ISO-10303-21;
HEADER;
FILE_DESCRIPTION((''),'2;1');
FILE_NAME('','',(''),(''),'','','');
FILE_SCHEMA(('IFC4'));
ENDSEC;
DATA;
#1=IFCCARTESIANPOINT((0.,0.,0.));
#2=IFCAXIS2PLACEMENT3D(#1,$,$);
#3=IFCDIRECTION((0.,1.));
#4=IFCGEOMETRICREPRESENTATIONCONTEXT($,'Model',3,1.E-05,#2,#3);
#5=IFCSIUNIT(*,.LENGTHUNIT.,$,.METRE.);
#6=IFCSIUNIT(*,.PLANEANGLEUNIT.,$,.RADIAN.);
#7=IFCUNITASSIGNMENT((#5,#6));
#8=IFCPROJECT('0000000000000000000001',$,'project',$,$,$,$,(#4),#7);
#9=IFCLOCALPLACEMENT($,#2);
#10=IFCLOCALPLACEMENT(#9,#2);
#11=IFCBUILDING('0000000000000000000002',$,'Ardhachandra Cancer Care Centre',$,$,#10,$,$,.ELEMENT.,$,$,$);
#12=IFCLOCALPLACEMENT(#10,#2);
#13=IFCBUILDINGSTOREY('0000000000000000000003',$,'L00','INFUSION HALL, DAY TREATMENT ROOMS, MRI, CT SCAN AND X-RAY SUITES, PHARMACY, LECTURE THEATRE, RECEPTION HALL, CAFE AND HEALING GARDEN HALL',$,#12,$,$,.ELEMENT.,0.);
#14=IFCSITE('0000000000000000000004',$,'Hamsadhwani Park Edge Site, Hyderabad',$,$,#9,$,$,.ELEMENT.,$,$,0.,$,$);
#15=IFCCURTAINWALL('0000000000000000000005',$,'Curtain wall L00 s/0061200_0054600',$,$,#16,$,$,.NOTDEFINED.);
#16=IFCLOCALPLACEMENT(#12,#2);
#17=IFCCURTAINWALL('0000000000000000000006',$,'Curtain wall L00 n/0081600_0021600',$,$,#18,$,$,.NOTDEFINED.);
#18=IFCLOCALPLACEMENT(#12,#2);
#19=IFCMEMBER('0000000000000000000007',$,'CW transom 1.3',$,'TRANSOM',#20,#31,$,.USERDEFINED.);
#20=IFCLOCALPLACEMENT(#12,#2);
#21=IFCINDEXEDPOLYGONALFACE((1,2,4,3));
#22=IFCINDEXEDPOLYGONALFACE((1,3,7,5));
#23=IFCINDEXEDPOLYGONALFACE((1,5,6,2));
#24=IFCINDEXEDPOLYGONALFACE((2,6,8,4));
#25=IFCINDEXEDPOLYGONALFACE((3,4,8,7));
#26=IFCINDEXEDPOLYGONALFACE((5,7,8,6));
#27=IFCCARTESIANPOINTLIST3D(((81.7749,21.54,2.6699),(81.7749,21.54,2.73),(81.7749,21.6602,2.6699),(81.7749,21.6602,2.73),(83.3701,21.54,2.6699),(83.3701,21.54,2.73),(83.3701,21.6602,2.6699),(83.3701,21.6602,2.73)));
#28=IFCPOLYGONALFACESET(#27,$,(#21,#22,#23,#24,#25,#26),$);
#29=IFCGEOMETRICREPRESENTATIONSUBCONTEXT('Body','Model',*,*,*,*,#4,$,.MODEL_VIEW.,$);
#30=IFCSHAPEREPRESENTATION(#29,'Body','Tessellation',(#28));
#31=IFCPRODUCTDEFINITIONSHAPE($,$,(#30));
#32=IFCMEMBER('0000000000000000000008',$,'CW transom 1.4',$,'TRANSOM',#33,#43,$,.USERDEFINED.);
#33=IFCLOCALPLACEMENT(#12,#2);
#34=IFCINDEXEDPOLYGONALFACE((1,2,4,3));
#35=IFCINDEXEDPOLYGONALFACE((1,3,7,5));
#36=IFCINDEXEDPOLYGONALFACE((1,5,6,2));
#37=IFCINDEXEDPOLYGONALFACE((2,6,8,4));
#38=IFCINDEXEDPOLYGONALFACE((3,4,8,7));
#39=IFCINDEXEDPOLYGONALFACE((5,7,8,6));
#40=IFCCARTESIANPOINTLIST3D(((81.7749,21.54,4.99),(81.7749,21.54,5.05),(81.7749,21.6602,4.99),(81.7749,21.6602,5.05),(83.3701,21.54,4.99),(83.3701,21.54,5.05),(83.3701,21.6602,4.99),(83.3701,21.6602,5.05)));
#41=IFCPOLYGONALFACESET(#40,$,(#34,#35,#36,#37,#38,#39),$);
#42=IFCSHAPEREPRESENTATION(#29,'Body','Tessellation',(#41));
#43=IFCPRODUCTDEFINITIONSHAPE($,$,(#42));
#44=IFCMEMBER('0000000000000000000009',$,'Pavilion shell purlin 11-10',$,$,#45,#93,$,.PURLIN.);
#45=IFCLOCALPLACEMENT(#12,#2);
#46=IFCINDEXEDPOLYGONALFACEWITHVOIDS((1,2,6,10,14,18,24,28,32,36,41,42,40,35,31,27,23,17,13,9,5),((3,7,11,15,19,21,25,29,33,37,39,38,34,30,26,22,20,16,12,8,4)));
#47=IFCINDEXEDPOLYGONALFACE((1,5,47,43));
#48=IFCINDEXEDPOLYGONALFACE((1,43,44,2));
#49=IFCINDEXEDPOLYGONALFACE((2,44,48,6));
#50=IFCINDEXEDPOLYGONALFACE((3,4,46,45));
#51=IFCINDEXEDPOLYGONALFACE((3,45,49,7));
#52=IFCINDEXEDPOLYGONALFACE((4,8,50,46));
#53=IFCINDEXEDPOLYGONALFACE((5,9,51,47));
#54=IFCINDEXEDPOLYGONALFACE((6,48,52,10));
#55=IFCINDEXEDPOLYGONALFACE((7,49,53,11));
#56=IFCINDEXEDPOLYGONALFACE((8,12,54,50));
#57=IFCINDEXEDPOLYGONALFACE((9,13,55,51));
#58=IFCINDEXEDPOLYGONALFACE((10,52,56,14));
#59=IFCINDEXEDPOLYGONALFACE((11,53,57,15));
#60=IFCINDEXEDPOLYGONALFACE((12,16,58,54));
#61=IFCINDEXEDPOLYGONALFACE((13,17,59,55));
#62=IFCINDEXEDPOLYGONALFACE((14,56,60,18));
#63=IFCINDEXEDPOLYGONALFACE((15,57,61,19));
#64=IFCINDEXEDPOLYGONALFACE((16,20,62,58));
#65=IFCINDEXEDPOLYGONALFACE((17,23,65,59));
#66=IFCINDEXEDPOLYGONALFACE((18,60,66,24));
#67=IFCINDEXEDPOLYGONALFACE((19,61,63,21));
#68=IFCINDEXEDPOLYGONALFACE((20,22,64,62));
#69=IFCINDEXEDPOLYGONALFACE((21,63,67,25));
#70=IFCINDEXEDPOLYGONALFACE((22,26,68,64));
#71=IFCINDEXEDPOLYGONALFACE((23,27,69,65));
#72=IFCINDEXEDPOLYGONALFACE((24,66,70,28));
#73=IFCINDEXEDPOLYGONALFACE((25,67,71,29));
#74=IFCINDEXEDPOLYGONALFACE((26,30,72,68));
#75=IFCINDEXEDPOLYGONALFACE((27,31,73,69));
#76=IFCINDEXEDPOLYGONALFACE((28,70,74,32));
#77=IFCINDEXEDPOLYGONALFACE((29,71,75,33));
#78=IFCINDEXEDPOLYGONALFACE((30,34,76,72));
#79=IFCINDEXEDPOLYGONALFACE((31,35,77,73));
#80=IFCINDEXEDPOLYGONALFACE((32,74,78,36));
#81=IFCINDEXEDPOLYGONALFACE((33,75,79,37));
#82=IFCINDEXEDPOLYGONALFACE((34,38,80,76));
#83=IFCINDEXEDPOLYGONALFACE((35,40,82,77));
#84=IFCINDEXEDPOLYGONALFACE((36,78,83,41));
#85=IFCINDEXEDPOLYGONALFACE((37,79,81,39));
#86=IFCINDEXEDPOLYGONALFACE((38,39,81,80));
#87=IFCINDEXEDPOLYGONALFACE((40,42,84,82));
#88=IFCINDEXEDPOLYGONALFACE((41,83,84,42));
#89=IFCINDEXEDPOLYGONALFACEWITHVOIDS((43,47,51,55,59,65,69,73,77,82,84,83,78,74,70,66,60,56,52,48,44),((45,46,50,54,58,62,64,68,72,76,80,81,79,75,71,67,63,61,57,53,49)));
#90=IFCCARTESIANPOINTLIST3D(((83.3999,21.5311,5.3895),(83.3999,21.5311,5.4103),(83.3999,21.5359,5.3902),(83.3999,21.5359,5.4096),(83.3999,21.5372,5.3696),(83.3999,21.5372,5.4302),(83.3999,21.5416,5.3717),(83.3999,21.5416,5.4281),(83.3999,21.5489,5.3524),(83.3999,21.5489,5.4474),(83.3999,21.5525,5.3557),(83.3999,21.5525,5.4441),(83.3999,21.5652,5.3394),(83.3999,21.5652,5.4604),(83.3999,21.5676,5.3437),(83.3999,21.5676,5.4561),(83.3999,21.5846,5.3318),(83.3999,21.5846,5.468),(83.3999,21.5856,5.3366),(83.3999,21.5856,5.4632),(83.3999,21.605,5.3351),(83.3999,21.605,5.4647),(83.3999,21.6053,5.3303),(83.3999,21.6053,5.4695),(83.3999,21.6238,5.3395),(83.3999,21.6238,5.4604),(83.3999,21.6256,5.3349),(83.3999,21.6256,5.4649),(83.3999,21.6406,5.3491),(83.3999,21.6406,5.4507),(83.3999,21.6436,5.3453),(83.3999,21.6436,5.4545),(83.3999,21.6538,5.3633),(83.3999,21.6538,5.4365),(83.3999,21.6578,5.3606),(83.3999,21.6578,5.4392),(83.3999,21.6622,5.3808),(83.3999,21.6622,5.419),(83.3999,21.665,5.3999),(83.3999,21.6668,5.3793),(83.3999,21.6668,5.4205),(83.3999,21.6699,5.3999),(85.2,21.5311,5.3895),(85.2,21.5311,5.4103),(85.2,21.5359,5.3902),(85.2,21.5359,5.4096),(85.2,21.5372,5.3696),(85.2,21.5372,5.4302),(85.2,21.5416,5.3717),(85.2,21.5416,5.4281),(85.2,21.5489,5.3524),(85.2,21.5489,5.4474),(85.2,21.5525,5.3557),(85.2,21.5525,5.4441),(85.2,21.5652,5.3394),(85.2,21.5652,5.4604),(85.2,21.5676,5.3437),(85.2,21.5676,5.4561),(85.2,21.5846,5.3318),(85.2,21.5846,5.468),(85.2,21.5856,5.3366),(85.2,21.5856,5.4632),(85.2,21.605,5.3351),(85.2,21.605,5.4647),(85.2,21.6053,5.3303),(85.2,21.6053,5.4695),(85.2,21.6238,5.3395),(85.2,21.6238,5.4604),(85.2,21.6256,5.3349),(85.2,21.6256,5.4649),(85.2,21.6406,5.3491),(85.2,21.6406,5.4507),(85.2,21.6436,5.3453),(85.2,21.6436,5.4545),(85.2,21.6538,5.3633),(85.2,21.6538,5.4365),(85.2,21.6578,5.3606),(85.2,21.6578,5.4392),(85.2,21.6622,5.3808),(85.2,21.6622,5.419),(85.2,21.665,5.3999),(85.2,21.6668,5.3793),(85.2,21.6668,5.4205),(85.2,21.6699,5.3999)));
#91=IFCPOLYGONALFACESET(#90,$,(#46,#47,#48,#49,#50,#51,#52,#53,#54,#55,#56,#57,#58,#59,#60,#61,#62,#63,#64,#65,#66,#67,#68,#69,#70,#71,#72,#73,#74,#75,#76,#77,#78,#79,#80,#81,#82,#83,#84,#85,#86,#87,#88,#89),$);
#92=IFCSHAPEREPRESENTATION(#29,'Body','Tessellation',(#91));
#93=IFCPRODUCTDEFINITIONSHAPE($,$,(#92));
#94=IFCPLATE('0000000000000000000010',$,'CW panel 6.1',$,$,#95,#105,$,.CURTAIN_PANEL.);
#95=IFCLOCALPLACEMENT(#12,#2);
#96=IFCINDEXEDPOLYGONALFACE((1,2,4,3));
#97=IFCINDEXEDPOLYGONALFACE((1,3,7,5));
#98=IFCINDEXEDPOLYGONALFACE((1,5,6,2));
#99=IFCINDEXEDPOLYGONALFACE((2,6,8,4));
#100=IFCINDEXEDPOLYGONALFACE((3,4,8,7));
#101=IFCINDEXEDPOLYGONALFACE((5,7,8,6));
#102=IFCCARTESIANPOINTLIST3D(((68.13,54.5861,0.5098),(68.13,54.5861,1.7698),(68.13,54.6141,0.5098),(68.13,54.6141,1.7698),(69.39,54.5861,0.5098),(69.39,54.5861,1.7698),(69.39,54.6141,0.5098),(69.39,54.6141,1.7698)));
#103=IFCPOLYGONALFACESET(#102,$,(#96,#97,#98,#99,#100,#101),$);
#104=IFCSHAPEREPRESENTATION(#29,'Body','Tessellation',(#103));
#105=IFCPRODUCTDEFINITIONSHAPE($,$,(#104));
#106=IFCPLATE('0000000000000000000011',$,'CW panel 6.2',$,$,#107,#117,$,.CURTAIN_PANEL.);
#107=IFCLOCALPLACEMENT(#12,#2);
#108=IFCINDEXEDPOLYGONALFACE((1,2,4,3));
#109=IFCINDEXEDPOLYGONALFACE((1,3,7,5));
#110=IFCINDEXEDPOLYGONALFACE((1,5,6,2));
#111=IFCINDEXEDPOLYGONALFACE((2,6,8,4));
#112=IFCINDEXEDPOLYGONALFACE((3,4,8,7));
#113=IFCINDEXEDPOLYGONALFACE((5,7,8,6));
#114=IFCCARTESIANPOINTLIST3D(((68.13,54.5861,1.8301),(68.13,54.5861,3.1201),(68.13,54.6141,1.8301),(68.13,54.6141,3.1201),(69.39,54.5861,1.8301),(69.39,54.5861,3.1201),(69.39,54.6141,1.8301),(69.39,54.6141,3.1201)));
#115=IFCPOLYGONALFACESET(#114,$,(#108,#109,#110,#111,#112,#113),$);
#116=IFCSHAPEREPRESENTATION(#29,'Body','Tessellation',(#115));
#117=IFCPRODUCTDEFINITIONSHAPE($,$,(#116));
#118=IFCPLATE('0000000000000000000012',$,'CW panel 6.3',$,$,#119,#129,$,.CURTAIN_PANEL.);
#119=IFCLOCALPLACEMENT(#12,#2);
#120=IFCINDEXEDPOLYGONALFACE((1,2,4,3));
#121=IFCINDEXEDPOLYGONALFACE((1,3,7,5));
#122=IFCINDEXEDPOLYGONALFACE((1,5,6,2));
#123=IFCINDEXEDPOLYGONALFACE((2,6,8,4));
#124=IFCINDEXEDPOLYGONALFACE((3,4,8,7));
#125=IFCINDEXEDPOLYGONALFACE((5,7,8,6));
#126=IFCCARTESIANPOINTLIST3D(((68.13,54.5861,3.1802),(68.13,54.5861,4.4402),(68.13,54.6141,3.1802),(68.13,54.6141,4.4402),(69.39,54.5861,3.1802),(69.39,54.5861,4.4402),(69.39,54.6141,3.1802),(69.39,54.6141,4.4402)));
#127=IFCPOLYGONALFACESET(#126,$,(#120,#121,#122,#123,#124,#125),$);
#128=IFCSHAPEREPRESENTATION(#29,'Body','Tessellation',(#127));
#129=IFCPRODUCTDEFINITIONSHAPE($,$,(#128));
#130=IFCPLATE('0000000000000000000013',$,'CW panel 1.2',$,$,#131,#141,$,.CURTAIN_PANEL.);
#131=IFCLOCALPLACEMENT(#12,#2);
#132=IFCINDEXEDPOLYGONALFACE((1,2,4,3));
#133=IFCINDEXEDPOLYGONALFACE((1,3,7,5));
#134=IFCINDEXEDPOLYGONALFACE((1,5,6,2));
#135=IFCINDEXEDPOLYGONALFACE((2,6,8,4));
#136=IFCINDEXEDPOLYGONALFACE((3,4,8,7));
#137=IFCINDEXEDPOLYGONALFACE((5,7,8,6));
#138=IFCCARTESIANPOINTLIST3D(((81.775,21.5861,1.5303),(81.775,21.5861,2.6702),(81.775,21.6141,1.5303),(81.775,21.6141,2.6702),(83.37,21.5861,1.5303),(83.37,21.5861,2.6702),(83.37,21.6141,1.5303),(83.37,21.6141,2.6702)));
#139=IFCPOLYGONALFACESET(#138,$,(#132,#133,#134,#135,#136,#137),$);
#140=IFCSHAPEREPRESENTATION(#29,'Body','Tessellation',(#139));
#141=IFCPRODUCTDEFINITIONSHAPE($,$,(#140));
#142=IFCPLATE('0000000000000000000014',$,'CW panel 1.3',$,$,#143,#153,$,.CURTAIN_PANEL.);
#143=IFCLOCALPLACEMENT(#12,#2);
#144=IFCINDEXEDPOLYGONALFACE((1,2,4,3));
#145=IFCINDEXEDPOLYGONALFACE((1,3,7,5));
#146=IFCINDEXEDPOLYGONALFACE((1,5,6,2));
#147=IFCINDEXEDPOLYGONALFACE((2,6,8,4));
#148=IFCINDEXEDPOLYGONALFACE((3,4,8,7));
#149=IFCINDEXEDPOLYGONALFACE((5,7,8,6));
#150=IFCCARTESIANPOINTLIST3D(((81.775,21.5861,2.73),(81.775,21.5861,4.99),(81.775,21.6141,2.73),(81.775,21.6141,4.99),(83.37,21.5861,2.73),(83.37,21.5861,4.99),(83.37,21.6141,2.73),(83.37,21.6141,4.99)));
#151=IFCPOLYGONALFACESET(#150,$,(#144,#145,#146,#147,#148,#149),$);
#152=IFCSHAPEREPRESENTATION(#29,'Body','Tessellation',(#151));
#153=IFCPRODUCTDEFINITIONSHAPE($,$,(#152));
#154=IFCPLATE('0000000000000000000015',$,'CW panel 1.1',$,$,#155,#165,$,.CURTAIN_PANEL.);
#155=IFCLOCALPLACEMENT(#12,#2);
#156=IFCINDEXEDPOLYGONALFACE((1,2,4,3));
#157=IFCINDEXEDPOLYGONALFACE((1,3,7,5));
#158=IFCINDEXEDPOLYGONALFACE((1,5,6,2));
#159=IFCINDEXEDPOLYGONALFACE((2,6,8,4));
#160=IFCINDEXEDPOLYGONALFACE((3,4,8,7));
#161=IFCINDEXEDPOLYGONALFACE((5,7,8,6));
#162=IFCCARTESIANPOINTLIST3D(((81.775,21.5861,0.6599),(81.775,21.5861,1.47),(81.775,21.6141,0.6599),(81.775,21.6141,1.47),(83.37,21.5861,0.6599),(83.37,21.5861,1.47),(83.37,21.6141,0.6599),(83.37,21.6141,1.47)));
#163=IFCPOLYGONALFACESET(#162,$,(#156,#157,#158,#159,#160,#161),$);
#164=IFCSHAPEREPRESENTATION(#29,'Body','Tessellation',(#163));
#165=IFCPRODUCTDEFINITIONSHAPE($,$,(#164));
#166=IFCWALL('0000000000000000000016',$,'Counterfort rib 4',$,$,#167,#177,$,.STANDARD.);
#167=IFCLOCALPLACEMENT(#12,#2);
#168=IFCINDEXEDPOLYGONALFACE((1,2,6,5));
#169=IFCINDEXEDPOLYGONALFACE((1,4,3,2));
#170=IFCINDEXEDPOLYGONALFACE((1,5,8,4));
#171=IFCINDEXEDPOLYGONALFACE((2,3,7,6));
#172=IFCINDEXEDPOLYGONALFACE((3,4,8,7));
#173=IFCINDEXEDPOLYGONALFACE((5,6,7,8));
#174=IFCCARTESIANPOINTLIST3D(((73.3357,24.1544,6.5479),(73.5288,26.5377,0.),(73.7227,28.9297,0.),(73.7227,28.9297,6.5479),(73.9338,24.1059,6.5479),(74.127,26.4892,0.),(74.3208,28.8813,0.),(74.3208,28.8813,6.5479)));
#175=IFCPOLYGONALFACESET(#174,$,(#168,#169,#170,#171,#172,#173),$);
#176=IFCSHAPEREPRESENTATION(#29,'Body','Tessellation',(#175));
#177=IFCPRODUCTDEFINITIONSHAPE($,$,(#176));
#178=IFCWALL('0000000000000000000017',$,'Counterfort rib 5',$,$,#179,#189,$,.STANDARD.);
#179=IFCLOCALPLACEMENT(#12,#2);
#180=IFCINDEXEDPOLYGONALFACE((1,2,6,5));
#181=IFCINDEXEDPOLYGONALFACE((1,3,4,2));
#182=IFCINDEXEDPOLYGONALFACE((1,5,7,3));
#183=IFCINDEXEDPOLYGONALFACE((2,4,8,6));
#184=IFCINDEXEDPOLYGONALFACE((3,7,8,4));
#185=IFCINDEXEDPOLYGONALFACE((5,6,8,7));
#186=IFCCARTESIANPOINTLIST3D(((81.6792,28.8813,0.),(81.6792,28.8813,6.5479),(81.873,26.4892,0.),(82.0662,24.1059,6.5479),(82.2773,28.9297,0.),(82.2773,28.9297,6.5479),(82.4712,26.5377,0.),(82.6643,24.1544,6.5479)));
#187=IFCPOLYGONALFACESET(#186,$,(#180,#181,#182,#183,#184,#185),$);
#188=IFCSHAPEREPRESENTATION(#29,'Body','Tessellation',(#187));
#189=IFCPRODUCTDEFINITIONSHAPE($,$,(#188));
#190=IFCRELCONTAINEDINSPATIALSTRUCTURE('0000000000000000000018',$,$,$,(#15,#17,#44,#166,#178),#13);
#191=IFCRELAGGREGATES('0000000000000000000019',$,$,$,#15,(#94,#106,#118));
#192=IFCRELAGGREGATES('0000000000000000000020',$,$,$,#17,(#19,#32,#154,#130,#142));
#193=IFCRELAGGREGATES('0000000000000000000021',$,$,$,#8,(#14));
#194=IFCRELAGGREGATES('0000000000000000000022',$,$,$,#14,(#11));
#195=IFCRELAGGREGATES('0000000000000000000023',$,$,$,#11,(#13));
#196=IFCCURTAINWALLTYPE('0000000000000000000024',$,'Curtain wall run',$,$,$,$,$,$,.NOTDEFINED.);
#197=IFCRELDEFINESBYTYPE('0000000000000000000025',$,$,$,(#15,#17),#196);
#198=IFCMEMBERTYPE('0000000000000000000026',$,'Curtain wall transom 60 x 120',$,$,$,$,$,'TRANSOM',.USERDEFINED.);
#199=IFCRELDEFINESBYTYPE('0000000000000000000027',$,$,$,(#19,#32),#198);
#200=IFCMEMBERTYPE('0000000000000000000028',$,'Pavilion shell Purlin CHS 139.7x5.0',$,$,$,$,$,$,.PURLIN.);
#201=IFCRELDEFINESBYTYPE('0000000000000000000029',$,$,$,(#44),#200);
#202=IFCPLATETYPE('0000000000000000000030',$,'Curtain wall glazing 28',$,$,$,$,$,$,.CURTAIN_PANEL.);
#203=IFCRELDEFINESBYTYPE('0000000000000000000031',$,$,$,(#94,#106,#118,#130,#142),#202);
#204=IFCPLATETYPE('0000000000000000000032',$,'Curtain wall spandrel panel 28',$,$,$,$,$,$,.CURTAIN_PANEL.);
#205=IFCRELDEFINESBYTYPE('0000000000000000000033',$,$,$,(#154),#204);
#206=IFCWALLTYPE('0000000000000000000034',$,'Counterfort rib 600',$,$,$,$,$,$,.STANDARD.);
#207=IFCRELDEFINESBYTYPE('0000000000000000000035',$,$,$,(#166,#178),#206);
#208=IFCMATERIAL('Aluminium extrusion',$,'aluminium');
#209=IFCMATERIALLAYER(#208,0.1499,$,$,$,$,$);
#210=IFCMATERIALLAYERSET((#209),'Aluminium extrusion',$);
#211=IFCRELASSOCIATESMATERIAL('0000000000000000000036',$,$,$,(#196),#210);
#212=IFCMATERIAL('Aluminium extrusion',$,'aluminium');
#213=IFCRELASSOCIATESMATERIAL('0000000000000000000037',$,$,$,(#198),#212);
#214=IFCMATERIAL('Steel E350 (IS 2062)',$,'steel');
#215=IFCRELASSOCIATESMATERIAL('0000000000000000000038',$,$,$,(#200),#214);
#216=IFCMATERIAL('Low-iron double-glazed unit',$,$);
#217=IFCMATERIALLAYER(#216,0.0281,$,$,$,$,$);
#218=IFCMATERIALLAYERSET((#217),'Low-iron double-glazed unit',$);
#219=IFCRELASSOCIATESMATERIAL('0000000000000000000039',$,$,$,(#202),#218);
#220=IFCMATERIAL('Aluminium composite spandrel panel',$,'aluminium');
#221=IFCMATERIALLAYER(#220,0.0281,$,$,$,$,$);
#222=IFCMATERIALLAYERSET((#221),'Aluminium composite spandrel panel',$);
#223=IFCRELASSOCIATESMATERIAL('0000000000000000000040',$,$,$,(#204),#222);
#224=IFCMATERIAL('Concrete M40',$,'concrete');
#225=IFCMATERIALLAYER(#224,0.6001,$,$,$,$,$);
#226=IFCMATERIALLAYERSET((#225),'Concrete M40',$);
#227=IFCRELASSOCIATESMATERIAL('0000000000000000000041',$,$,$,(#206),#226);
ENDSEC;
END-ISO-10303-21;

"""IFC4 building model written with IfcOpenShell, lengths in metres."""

from ifc_helpers import new_model, si_unit, direction, frame, origin, origin_2d, place, context, subcontext, project, spatial, polyline, rectangle, hollow_circle, outline, extrude, material, layer, layer_set, material_profile, profile_set, type_object, element, aggregate, save


model = new_model("IFC4")

# Units and contexts
model_context = context("Model", 3, precision=1e-05, world=origin(), true_north=direction((0.0, 1.0)))
body_context = subcontext(model_context, "Body", "Model", "MODEL_VIEW")
ifc_project = project(units=[si_unit("LENGTHUNIT", "METRE"), si_unit("PLANEANGLEUNIT", "RADIAN")], contexts=[model_context])

# Site, building, storey
site_placement = place(None, origin())
site = spatial("IfcSite", under=ifc_project, at=site_placement, Name="Hamsadhwani Park Edge Site, Hyderabad", CompositionType="ELEMENT", RefElevation=0.0)
building_placement = place(site_placement, origin())
building = spatial("IfcBuilding", under=site, at=building_placement, Name="Ardhachandra Cancer Care Centre", CompositionType="ELEMENT")
storey_placement = place(building_placement, origin())
storey = spatial("IfcBuildingStorey", under=building, at=storey_placement, Name="L00", Description="INFUSION HALL, DAY TREATMENT ROOMS, MRI, CT SCAN AND X-RAY SUITES, PHARMACY, LECTURE THEATRE, RECEPTION HALL, CAFE AND HEALING GARDEN HALL", CompositionType="ELEMENT", Elevation=0.0)

# Curtain walls
ifc_material_1 = material(Name="Aluminium extrusion", Category="aluminium")
ifc_layer_1 = layer(ifc_material_1, 0.1499)
ifc_layer_set_1 = layer_set([ifc_layer_1], Name="Aluminium extrusion")
curtain_wall_type = type_object("IfcCurtainWallType", Name="Curtain wall run", PredefinedType="NOTDEFINED", material=ifc_layer_set_1)
curtain_wall_1_placement = place(storey_placement, origin())
curtain_wall_1 = element("IfcCurtainWall", 1, at=curtain_wall_1_placement, inside=storey, type_object=curtain_wall_type, Name="Curtain wall L00 s/0061200_0054600", PredefinedType="NOTDEFINED")
curtain_wall_2_placement = place(storey_placement, origin())
curtain_wall_2 = element("IfcCurtainWall", 2, at=curtain_wall_2_placement, inside=storey, type_object=curtain_wall_type, Name="Curtain wall L00 n/0081600_0021600", PredefinedType="NOTDEFINED")

# Members
ifc_material_2 = material(Name="Aluminium extrusion", Category="aluminium")
ifc_material_profile_1 = material_profile(ifc_material_2, rectangle(XDim=0.1201, YDim=0.0601, at=origin_2d()), Name="Curtain wall transom 60 x 120")
ifc_profile_set_1 = profile_set([ifc_material_profile_1], Name="Aluminium extrusion")
member_type_1 = type_object("IfcMemberType", Name="Curtain wall transom 60 x 120", ElementType="TRANSOM", PredefinedType="USERDEFINED", material=ifc_profile_set_1)
member_1_placement = place(storey_placement, frame((81.7749, 21.6001, 2.7), z_axis=(1.0, 0.0, 0.0), x_axis=(0.0, 1.0, 0.0)))
member_1 = element("IfcMember", 3, at=member_1_placement, type_object=member_type_1, Name="CW transom 1.3", ObjectType="TRANSOM", PredefinedType="USERDEFINED", context=body_context, shape_type="SweptSolid", body=[
    extrude(rectangle(XDim=0.1201, YDim=0.0601, at=origin_2d()), origin(), (0.0, 0.0, 1.0), 1.5952),
])
member_2_placement = place(storey_placement, frame((81.7749, 21.6001, 5.02), z_axis=(1.0, 0.0, 0.0), x_axis=(0.0, 1.0, 0.0)))
member_2 = element("IfcMember", 4, at=member_2_placement, type_object=member_type_1, Name="CW transom 1.4", ObjectType="TRANSOM", PredefinedType="USERDEFINED", context=body_context, shape_type="SweptSolid", body=[
    extrude(rectangle(XDim=0.1201, YDim=0.0601, at=origin_2d()), origin(), (0.0, 0.0, 1.0), 1.5952),
])
ifc_material_3 = material(Name="Steel E350 (IS 2062)", Category="steel")
ifc_material_profile_2 = material_profile(ifc_material_3, hollow_circle(Radius=0.0698, WallThickness=0.0049, at=origin_2d()), Name="CHS 139.7x5.0")
ifc_profile_set_2 = profile_set([ifc_material_profile_2], Name="Steel E350 (IS 2062)")
member_type_2 = type_object("IfcMemberType", Name="Pavilion shell Purlin CHS 139.7x5.0", PredefinedType="PURLIN", material=ifc_profile_set_2)
member_3_placement = place(storey_placement, frame((83.3999, 21.6001, 5.3999), z_axis=(1.0, 0.0, 0.0), x_axis=(0.0, 1.0, 0.0)))
element("IfcMember", 5, at=member_3_placement, inside=storey, type_object=member_type_2, Name="Pavilion shell purlin 11-10", PredefinedType="PURLIN", context=body_context, shape_type="SweptSolid", body=[
    extrude(hollow_circle(Radius=0.0698, WallThickness=0.0049, at=origin_2d()), origin(), (0.0, 0.0, 1.0), 1.8),
])

# Plates
ifc_material_4 = material(Name="Low-iron double-glazed unit")
ifc_layer_2 = layer(ifc_material_4, 0.0281)
ifc_layer_set_2 = layer_set([ifc_layer_2], Name="Low-iron double-glazed unit")
plate_type_1 = type_object("IfcPlateType", Name="Curtain wall glazing 28", PredefinedType="CURTAIN_PANEL", material=ifc_layer_set_2)
plate_1_placement = place(storey_placement, frame((68.76, 54.6001, 0.5098), z_axis=(0.0, 0.0, 1.0), x_axis=(1.0, 0.0, 0.0)))
plate_1 = element("IfcPlate", 6, at=plate_1_placement, type_object=plate_type_1, Name="CW panel 6.1", PredefinedType="CURTAIN_PANEL", context=body_context, shape_type="SweptSolid", body=[
    extrude(rectangle(XDim=1.26, YDim=0.0281, at=origin_2d()), origin(), (0.0, 0.0, 1.0), 1.26),
])
plate_2_placement = place(storey_placement, frame((68.76, 54.6001, 1.8301), z_axis=(0.0, 0.0, 1.0), x_axis=(1.0, 0.0, 0.0)))
plate_2 = element("IfcPlate", 7, at=plate_2_placement, type_object=plate_type_1, Name="CW panel 6.2", PredefinedType="CURTAIN_PANEL", context=body_context, shape_type="SweptSolid", body=[
    extrude(rectangle(XDim=1.26, YDim=0.0281, at=origin_2d()), origin(), (0.0, 0.0, 1.0), 1.29),
])
plate_3_placement = place(storey_placement, frame((68.76, 54.6001, 3.1802), z_axis=(0.0, 0.0, 1.0), x_axis=(1.0, 0.0, 0.0)))
plate_3 = element("IfcPlate", 8, at=plate_3_placement, type_object=plate_type_1, Name="CW panel 6.3", PredefinedType="CURTAIN_PANEL", context=body_context, shape_type="SweptSolid", body=[
    extrude(rectangle(XDim=1.26, YDim=0.0281, at=origin_2d()), origin(), (0.0, 0.0, 1.0), 1.26),
])
aggregate(curtain_wall_1, [plate_1, plate_2, plate_3])
plate_4_placement = place(storey_placement, frame((82.5725, 21.6001, 1.5303), z_axis=(0.0, 0.0, 1.0), x_axis=(1.0, 0.0, 0.0)))
plate_4 = element("IfcPlate", 9, at=plate_4_placement, type_object=plate_type_1, Name="CW panel 1.2", PredefinedType="CURTAIN_PANEL", context=body_context, shape_type="SweptSolid", body=[
    extrude(rectangle(XDim=1.595, YDim=0.0281, at=origin_2d()), origin(), (0.0, 0.0, 1.0), 1.1399),
])
plate_5_placement = place(storey_placement, frame((82.5725, 21.6001, 2.73), z_axis=(0.0, 0.0, 1.0), x_axis=(1.0, 0.0, 0.0)))
plate_5 = element("IfcPlate", 10, at=plate_5_placement, type_object=plate_type_1, Name="CW panel 1.3", PredefinedType="CURTAIN_PANEL", context=body_context, shape_type="SweptSolid", body=[
    extrude(rectangle(XDim=1.595, YDim=0.0281, at=origin_2d()), origin(), (0.0, 0.0, 1.0), 2.26),
])
ifc_material_5 = material(Name="Aluminium composite spandrel panel", Category="aluminium")
ifc_layer_3 = layer(ifc_material_5, 0.0281)
ifc_layer_set_3 = layer_set([ifc_layer_3], Name="Aluminium composite spandrel panel")
plate_type_2 = type_object("IfcPlateType", Name="Curtain wall spandrel panel 28", PredefinedType="CURTAIN_PANEL", material=ifc_layer_set_3)
plate_6_placement = place(storey_placement, frame((82.5725, 21.6001, 0.6599), z_axis=(0.0, 0.0, 1.0), x_axis=(1.0, 0.0, 0.0)))
plate_6 = element("IfcPlate", 11, at=plate_6_placement, type_object=plate_type_2, Name="CW panel 1.1", PredefinedType="CURTAIN_PANEL", context=body_context, shape_type="SweptSolid", body=[
    extrude(rectangle(XDim=1.595, YDim=0.0281, at=origin_2d()), origin(), (0.0, 0.0, 1.0), 0.8101),
])
aggregate(curtain_wall_2, [member_1, member_2, plate_6, plate_4, plate_5])

# Walls
ifc_material_6 = material(Name="Concrete M40", Category="concrete")
ifc_layer_4 = layer(ifc_material_6, 0.6001)
ifc_layer_set_4 = layer_set([ifc_layer_4], Name="Concrete M40")
wall_type = type_object("IfcWallType", Name="Counterfort rib 600", PredefinedType="STANDARD", material=ifc_layer_set_4)
for number, where, z_axis, x_axis, name in (
    (12, (73.6348, 24.1301, 0.0), (0.0, 0.0, 1.0), (0.080768, 0.996733, 0.0), "Counterfort rib 4"),
    (13, (82.3652, 24.1301, 0.0), (0.0, 0.0, 1.0), (-0.080768, 0.996733, 0.0), "Counterfort rib 5"),
):
    element("IfcWall", number, at=place(storey_placement, frame(where, z_axis=z_axis, x_axis=x_axis)), inside=storey, type_object=wall_type, Name=name, PredefinedType="STANDARD", context=body_context, shape_type="SweptSolid", body=[
        extrude(outline(polyline([(2.3911, 0.0), (4.791, 0.0), (4.791, 6.5479), (0.0, 6.5479), (2.3911, 0.0)])), frame((0.0, 0.3, 0.0), z_axis=(0.0, -1.0, 0.0), x_axis=(1.0, 0.0, 0.0)), (0.0, 0.0, 1.0), 0.6001),
    ])

save(model, "model.ifc")
